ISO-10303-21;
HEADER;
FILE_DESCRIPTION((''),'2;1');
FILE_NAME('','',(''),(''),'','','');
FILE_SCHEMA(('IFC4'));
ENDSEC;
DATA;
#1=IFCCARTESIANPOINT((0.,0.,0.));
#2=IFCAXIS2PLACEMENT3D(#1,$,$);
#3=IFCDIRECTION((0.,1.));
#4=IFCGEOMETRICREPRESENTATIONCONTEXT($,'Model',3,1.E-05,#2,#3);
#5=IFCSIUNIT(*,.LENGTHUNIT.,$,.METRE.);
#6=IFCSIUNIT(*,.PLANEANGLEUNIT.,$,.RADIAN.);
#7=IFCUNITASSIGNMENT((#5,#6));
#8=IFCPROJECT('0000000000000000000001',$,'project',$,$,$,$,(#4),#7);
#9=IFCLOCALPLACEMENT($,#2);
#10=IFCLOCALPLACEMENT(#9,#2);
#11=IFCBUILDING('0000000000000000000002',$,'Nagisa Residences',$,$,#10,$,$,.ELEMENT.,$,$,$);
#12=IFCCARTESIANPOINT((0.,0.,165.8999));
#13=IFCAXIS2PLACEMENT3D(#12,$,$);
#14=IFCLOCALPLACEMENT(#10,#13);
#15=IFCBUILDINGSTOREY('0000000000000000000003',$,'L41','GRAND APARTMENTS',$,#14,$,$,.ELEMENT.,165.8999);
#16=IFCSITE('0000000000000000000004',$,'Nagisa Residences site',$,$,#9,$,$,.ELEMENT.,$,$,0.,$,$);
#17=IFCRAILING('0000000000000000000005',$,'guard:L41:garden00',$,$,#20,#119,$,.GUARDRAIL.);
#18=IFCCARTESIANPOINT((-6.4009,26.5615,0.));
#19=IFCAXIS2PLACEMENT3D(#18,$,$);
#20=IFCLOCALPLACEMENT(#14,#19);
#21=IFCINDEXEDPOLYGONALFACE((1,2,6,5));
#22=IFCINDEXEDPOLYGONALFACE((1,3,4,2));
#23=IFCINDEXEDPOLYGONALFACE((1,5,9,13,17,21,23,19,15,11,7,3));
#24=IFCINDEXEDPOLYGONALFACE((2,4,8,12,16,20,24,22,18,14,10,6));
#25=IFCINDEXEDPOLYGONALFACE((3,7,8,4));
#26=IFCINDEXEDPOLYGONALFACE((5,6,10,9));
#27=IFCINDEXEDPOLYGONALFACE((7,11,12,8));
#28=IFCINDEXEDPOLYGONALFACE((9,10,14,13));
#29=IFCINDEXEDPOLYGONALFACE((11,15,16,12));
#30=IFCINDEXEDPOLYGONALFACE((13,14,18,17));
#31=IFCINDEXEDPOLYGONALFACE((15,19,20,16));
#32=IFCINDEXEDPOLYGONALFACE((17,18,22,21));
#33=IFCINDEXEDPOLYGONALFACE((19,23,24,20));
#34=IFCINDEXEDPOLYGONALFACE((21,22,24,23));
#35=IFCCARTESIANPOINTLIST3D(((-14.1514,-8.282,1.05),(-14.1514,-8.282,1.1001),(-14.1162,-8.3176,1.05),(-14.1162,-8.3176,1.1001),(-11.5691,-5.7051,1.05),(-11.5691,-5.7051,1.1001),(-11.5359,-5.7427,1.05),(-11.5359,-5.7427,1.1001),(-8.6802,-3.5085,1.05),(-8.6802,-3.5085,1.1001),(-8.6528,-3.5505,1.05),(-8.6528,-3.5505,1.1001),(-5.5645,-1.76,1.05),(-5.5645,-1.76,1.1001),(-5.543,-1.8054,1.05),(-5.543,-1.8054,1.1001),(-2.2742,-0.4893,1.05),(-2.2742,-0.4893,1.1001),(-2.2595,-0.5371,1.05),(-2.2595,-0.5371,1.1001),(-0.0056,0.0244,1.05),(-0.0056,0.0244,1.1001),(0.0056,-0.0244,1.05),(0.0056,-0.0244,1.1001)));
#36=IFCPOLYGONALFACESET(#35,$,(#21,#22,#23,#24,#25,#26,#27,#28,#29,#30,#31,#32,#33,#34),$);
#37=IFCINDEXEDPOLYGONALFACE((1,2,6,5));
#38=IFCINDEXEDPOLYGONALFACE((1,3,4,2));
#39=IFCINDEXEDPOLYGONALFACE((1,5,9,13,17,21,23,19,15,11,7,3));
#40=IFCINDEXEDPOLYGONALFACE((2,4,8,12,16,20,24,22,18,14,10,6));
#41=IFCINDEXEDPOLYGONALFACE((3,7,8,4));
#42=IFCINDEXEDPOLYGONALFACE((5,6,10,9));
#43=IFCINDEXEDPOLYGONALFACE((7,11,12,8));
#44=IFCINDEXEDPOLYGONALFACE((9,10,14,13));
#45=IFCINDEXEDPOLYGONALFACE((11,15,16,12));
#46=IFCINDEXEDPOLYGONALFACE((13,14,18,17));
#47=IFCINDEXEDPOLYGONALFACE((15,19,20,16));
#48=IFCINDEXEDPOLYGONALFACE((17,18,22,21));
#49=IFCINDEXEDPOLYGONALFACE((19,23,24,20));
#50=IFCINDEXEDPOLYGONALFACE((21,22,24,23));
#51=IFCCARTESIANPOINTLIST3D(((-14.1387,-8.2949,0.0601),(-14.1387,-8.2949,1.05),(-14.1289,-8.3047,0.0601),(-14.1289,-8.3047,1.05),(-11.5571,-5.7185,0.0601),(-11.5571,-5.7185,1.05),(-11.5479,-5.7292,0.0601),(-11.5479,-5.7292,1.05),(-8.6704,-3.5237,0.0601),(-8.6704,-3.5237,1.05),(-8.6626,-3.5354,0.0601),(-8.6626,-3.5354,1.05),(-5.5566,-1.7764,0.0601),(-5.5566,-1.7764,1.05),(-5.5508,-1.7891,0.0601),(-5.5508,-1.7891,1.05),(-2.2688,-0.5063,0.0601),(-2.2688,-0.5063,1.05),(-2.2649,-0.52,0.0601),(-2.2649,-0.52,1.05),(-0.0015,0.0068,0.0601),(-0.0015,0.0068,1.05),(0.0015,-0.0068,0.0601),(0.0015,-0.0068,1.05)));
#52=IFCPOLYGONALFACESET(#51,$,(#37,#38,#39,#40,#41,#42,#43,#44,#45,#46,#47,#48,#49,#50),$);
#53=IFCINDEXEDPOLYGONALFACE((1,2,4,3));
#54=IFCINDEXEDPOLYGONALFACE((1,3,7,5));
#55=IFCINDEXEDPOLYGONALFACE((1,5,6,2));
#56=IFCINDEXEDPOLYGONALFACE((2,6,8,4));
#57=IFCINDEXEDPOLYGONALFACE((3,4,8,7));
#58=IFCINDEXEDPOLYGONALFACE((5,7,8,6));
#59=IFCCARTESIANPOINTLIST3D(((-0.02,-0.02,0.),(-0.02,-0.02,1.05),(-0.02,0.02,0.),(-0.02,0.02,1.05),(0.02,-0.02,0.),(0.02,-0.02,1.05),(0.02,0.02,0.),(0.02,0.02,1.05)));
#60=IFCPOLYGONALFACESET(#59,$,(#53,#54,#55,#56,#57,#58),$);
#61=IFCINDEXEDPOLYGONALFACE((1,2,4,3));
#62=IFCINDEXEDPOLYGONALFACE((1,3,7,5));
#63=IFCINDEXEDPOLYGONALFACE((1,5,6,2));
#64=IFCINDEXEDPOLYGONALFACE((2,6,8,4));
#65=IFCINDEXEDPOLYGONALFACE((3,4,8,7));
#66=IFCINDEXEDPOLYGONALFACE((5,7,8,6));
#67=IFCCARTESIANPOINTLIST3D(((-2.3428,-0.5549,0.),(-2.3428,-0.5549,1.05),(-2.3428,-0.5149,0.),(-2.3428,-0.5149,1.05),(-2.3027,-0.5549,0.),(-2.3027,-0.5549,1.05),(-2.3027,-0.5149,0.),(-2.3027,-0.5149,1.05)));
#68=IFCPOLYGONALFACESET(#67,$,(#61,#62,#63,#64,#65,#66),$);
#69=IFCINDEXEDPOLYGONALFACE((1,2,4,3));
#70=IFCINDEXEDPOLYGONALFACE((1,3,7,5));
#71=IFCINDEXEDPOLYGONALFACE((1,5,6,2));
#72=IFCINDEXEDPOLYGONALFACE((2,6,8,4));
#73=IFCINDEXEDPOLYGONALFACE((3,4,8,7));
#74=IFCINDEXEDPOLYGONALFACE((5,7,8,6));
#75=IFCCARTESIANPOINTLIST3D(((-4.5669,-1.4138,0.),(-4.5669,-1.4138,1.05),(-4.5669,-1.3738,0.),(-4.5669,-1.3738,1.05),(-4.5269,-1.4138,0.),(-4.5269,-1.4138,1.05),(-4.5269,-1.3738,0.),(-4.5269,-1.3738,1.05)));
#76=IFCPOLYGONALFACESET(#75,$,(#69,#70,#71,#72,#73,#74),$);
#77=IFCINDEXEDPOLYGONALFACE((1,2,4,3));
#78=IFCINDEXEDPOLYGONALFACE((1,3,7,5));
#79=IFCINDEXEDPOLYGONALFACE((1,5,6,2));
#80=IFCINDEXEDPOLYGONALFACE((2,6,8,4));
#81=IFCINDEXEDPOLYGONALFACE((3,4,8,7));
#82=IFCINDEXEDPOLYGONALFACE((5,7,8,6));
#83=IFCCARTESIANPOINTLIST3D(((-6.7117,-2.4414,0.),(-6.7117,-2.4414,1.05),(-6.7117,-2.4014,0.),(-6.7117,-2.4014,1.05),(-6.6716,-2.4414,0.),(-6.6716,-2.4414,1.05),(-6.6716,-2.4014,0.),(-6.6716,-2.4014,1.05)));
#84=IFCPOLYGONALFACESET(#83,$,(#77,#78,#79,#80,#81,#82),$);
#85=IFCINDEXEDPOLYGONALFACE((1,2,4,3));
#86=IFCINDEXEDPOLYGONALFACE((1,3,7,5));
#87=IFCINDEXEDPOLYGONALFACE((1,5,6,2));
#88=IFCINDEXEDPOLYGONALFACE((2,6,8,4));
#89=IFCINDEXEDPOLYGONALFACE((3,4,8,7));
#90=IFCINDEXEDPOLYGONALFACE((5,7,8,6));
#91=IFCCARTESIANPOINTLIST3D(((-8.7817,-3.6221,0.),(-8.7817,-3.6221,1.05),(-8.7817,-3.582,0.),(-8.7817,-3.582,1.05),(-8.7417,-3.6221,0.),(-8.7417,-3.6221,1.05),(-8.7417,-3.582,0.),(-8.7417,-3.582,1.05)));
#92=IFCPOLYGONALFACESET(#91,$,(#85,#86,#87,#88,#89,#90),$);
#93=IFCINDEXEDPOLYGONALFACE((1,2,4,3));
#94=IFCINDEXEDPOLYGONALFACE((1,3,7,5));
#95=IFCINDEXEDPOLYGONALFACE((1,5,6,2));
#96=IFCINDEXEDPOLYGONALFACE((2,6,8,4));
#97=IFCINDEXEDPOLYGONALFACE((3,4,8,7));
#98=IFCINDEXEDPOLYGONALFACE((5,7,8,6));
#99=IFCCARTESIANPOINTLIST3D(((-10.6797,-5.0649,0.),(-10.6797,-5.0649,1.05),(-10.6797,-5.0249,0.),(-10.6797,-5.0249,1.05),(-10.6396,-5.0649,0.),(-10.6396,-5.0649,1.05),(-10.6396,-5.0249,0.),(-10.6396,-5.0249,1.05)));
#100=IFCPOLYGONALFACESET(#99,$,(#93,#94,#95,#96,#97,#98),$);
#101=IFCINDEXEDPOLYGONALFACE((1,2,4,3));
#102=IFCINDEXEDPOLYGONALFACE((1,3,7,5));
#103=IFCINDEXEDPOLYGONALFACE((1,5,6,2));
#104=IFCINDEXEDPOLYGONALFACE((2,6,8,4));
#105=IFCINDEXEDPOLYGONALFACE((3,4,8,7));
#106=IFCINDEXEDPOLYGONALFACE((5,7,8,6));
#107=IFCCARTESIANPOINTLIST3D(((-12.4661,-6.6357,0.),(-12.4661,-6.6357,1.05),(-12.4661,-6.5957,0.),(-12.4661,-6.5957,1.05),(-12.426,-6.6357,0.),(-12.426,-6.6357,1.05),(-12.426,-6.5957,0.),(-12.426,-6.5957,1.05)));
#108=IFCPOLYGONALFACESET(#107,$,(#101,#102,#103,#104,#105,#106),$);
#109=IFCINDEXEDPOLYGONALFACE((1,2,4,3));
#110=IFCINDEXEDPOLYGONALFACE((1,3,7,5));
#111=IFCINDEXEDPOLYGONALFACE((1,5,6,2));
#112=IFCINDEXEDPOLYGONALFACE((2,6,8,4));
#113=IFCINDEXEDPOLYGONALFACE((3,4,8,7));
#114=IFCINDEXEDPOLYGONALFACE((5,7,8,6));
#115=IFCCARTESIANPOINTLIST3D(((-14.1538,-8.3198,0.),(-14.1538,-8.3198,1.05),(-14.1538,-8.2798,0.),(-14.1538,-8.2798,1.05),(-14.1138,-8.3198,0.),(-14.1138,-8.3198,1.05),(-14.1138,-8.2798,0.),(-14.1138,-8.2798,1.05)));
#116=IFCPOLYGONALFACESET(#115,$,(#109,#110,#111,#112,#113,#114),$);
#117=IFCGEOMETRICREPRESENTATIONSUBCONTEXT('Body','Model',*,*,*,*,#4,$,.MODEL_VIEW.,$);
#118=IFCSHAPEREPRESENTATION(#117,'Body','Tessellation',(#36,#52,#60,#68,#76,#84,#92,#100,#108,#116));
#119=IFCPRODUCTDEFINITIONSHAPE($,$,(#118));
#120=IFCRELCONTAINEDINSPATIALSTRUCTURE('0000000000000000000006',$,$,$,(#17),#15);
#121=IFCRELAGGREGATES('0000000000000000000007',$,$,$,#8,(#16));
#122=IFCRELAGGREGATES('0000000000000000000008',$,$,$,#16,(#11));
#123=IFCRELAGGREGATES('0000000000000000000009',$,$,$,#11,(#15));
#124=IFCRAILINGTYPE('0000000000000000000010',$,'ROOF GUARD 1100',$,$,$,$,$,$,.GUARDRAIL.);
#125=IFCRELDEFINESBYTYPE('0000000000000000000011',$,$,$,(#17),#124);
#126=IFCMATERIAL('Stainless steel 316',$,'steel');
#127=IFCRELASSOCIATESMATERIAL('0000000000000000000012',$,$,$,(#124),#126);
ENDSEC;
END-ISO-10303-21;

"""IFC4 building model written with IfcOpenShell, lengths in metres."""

from ifc_helpers import new_model, si_unit, direction, frame, origin, origin_2d, place, context, subcontext, project, spatial, polyline, rectangle, outline, extrude, material, type_object, element, save


model = new_model("IFC4")

# Units and contexts
model_context = context("Model", 3, precision=1e-05, world=origin(), true_north=direction((0.0, 1.0)))
body_context = subcontext(model_context, "Body", "Model", "MODEL_VIEW")
ifc_project = project(units=[si_unit("LENGTHUNIT", "METRE"), si_unit("PLANEANGLEUNIT", "RADIAN")], contexts=[model_context])

# Site, building, storey
site_placement = place(None, origin())
site = spatial("IfcSite", under=ifc_project, at=site_placement, Name="Nagisa Residences site", CompositionType="ELEMENT", RefElevation=0.0)
building_placement = place(site_placement, origin())
building = spatial("IfcBuilding", under=site, at=building_placement, Name="Nagisa Residences", CompositionType="ELEMENT")
storey_placement = place(building_placement, frame((0.0, 0.0, 165.8999)))
storey = spatial("IfcBuildingStorey", under=building, at=storey_placement, Name="L41", Description="GRAND APARTMENTS", CompositionType="ELEMENT", Elevation=165.8999)

# Railing
ifc_material_1 = material(Name="Stainless steel 316", Category="steel")
railing_type_1 = type_object("IfcRailingType", Name="ROOF GUARD 1100", PredefinedType="GUARDRAIL", material=ifc_material_1)
railing_1_placement = place(storey_placement, frame((-6.4009, 26.5615, 0.0)))
element("IfcRailing", 1, at=railing_1_placement, inside=storey, type_object=railing_type_1, Name="guard:L41:garden00", PredefinedType="GUARDRAIL", context=body_context, shape_type="SweptSolid", body=[
    extrude(outline(polyline([(-2.2595, -0.5371), (0.0056, -0.0244), (-0.0056, 0.0244), (-2.2742, -0.4893), (-5.5645, -1.76), (-8.6802, -3.5085), (-11.5691, -5.7051), (-14.1514, -8.282), (-14.1162, -8.3176), (-11.5359, -5.7427), (-8.6528, -3.5505), (-5.543, -1.8054), (-2.2595, -0.5371)])), frame((0.0, 0.0, 1.05)), (0.0, 0.0, 1.0), 0.05),
    extrude(outline(polyline([(-2.2649, -0.52), (0.0015, -0.0068), (-0.0015, 0.0068), (-2.2688, -0.5063), (-5.5566, -1.7764), (-8.6704, -3.5237), (-11.5571, -5.7185), (-14.1387, -8.2949), (-14.1289, -8.3047), (-11.5479, -5.7292), (-8.6626, -3.5354), (-5.5508, -1.7891), (-2.2649, -0.52)])), frame((0.0, 0.0, 0.0601)), (0.0, 0.0, 1.0), 0.99),
    extrude(rectangle(XDim=0.04, YDim=0.04, at=origin_2d()), origin(), (0.0, 0.0, 1.0), 1.05),
    extrude(rectangle(XDim=0.04, YDim=0.04, at=origin_2d()), frame((-2.3228, -0.5349, 0.0)), (0.0, 0.0, 1.0), 1.05),
    extrude(rectangle(XDim=0.04, YDim=0.04, at=origin_2d()), frame((-4.5469, -1.3938, 0.0)), (0.0, 0.0, 1.0), 1.05),
    extrude(rectangle(XDim=0.04, YDim=0.04, at=origin_2d()), frame((-6.6917, -2.4214, 0.0)), (0.0, 0.0, 1.0), 1.05),
    extrude(rectangle(XDim=0.04, YDim=0.04, at=origin_2d()), frame((-8.7617, -3.6021, 0.0)), (0.0, 0.0, 1.0), 1.05),
    extrude(rectangle(XDim=0.04, YDim=0.04, at=origin_2d()), frame((-10.6597, -5.0449, 0.0)), (0.0, 0.0, 1.0), 1.05),
    extrude(rectangle(XDim=0.04, YDim=0.04, at=origin_2d()), frame((-12.446, -6.6157, 0.0)), (0.0, 0.0, 1.0), 1.05),
    extrude(rectangle(XDim=0.04, YDim=0.04, at=origin_2d()), frame((-14.1338, -8.2998, 0.0)), (0.0, 0.0, 1.0), 1.05),
])

save(model, "model.ifc")
